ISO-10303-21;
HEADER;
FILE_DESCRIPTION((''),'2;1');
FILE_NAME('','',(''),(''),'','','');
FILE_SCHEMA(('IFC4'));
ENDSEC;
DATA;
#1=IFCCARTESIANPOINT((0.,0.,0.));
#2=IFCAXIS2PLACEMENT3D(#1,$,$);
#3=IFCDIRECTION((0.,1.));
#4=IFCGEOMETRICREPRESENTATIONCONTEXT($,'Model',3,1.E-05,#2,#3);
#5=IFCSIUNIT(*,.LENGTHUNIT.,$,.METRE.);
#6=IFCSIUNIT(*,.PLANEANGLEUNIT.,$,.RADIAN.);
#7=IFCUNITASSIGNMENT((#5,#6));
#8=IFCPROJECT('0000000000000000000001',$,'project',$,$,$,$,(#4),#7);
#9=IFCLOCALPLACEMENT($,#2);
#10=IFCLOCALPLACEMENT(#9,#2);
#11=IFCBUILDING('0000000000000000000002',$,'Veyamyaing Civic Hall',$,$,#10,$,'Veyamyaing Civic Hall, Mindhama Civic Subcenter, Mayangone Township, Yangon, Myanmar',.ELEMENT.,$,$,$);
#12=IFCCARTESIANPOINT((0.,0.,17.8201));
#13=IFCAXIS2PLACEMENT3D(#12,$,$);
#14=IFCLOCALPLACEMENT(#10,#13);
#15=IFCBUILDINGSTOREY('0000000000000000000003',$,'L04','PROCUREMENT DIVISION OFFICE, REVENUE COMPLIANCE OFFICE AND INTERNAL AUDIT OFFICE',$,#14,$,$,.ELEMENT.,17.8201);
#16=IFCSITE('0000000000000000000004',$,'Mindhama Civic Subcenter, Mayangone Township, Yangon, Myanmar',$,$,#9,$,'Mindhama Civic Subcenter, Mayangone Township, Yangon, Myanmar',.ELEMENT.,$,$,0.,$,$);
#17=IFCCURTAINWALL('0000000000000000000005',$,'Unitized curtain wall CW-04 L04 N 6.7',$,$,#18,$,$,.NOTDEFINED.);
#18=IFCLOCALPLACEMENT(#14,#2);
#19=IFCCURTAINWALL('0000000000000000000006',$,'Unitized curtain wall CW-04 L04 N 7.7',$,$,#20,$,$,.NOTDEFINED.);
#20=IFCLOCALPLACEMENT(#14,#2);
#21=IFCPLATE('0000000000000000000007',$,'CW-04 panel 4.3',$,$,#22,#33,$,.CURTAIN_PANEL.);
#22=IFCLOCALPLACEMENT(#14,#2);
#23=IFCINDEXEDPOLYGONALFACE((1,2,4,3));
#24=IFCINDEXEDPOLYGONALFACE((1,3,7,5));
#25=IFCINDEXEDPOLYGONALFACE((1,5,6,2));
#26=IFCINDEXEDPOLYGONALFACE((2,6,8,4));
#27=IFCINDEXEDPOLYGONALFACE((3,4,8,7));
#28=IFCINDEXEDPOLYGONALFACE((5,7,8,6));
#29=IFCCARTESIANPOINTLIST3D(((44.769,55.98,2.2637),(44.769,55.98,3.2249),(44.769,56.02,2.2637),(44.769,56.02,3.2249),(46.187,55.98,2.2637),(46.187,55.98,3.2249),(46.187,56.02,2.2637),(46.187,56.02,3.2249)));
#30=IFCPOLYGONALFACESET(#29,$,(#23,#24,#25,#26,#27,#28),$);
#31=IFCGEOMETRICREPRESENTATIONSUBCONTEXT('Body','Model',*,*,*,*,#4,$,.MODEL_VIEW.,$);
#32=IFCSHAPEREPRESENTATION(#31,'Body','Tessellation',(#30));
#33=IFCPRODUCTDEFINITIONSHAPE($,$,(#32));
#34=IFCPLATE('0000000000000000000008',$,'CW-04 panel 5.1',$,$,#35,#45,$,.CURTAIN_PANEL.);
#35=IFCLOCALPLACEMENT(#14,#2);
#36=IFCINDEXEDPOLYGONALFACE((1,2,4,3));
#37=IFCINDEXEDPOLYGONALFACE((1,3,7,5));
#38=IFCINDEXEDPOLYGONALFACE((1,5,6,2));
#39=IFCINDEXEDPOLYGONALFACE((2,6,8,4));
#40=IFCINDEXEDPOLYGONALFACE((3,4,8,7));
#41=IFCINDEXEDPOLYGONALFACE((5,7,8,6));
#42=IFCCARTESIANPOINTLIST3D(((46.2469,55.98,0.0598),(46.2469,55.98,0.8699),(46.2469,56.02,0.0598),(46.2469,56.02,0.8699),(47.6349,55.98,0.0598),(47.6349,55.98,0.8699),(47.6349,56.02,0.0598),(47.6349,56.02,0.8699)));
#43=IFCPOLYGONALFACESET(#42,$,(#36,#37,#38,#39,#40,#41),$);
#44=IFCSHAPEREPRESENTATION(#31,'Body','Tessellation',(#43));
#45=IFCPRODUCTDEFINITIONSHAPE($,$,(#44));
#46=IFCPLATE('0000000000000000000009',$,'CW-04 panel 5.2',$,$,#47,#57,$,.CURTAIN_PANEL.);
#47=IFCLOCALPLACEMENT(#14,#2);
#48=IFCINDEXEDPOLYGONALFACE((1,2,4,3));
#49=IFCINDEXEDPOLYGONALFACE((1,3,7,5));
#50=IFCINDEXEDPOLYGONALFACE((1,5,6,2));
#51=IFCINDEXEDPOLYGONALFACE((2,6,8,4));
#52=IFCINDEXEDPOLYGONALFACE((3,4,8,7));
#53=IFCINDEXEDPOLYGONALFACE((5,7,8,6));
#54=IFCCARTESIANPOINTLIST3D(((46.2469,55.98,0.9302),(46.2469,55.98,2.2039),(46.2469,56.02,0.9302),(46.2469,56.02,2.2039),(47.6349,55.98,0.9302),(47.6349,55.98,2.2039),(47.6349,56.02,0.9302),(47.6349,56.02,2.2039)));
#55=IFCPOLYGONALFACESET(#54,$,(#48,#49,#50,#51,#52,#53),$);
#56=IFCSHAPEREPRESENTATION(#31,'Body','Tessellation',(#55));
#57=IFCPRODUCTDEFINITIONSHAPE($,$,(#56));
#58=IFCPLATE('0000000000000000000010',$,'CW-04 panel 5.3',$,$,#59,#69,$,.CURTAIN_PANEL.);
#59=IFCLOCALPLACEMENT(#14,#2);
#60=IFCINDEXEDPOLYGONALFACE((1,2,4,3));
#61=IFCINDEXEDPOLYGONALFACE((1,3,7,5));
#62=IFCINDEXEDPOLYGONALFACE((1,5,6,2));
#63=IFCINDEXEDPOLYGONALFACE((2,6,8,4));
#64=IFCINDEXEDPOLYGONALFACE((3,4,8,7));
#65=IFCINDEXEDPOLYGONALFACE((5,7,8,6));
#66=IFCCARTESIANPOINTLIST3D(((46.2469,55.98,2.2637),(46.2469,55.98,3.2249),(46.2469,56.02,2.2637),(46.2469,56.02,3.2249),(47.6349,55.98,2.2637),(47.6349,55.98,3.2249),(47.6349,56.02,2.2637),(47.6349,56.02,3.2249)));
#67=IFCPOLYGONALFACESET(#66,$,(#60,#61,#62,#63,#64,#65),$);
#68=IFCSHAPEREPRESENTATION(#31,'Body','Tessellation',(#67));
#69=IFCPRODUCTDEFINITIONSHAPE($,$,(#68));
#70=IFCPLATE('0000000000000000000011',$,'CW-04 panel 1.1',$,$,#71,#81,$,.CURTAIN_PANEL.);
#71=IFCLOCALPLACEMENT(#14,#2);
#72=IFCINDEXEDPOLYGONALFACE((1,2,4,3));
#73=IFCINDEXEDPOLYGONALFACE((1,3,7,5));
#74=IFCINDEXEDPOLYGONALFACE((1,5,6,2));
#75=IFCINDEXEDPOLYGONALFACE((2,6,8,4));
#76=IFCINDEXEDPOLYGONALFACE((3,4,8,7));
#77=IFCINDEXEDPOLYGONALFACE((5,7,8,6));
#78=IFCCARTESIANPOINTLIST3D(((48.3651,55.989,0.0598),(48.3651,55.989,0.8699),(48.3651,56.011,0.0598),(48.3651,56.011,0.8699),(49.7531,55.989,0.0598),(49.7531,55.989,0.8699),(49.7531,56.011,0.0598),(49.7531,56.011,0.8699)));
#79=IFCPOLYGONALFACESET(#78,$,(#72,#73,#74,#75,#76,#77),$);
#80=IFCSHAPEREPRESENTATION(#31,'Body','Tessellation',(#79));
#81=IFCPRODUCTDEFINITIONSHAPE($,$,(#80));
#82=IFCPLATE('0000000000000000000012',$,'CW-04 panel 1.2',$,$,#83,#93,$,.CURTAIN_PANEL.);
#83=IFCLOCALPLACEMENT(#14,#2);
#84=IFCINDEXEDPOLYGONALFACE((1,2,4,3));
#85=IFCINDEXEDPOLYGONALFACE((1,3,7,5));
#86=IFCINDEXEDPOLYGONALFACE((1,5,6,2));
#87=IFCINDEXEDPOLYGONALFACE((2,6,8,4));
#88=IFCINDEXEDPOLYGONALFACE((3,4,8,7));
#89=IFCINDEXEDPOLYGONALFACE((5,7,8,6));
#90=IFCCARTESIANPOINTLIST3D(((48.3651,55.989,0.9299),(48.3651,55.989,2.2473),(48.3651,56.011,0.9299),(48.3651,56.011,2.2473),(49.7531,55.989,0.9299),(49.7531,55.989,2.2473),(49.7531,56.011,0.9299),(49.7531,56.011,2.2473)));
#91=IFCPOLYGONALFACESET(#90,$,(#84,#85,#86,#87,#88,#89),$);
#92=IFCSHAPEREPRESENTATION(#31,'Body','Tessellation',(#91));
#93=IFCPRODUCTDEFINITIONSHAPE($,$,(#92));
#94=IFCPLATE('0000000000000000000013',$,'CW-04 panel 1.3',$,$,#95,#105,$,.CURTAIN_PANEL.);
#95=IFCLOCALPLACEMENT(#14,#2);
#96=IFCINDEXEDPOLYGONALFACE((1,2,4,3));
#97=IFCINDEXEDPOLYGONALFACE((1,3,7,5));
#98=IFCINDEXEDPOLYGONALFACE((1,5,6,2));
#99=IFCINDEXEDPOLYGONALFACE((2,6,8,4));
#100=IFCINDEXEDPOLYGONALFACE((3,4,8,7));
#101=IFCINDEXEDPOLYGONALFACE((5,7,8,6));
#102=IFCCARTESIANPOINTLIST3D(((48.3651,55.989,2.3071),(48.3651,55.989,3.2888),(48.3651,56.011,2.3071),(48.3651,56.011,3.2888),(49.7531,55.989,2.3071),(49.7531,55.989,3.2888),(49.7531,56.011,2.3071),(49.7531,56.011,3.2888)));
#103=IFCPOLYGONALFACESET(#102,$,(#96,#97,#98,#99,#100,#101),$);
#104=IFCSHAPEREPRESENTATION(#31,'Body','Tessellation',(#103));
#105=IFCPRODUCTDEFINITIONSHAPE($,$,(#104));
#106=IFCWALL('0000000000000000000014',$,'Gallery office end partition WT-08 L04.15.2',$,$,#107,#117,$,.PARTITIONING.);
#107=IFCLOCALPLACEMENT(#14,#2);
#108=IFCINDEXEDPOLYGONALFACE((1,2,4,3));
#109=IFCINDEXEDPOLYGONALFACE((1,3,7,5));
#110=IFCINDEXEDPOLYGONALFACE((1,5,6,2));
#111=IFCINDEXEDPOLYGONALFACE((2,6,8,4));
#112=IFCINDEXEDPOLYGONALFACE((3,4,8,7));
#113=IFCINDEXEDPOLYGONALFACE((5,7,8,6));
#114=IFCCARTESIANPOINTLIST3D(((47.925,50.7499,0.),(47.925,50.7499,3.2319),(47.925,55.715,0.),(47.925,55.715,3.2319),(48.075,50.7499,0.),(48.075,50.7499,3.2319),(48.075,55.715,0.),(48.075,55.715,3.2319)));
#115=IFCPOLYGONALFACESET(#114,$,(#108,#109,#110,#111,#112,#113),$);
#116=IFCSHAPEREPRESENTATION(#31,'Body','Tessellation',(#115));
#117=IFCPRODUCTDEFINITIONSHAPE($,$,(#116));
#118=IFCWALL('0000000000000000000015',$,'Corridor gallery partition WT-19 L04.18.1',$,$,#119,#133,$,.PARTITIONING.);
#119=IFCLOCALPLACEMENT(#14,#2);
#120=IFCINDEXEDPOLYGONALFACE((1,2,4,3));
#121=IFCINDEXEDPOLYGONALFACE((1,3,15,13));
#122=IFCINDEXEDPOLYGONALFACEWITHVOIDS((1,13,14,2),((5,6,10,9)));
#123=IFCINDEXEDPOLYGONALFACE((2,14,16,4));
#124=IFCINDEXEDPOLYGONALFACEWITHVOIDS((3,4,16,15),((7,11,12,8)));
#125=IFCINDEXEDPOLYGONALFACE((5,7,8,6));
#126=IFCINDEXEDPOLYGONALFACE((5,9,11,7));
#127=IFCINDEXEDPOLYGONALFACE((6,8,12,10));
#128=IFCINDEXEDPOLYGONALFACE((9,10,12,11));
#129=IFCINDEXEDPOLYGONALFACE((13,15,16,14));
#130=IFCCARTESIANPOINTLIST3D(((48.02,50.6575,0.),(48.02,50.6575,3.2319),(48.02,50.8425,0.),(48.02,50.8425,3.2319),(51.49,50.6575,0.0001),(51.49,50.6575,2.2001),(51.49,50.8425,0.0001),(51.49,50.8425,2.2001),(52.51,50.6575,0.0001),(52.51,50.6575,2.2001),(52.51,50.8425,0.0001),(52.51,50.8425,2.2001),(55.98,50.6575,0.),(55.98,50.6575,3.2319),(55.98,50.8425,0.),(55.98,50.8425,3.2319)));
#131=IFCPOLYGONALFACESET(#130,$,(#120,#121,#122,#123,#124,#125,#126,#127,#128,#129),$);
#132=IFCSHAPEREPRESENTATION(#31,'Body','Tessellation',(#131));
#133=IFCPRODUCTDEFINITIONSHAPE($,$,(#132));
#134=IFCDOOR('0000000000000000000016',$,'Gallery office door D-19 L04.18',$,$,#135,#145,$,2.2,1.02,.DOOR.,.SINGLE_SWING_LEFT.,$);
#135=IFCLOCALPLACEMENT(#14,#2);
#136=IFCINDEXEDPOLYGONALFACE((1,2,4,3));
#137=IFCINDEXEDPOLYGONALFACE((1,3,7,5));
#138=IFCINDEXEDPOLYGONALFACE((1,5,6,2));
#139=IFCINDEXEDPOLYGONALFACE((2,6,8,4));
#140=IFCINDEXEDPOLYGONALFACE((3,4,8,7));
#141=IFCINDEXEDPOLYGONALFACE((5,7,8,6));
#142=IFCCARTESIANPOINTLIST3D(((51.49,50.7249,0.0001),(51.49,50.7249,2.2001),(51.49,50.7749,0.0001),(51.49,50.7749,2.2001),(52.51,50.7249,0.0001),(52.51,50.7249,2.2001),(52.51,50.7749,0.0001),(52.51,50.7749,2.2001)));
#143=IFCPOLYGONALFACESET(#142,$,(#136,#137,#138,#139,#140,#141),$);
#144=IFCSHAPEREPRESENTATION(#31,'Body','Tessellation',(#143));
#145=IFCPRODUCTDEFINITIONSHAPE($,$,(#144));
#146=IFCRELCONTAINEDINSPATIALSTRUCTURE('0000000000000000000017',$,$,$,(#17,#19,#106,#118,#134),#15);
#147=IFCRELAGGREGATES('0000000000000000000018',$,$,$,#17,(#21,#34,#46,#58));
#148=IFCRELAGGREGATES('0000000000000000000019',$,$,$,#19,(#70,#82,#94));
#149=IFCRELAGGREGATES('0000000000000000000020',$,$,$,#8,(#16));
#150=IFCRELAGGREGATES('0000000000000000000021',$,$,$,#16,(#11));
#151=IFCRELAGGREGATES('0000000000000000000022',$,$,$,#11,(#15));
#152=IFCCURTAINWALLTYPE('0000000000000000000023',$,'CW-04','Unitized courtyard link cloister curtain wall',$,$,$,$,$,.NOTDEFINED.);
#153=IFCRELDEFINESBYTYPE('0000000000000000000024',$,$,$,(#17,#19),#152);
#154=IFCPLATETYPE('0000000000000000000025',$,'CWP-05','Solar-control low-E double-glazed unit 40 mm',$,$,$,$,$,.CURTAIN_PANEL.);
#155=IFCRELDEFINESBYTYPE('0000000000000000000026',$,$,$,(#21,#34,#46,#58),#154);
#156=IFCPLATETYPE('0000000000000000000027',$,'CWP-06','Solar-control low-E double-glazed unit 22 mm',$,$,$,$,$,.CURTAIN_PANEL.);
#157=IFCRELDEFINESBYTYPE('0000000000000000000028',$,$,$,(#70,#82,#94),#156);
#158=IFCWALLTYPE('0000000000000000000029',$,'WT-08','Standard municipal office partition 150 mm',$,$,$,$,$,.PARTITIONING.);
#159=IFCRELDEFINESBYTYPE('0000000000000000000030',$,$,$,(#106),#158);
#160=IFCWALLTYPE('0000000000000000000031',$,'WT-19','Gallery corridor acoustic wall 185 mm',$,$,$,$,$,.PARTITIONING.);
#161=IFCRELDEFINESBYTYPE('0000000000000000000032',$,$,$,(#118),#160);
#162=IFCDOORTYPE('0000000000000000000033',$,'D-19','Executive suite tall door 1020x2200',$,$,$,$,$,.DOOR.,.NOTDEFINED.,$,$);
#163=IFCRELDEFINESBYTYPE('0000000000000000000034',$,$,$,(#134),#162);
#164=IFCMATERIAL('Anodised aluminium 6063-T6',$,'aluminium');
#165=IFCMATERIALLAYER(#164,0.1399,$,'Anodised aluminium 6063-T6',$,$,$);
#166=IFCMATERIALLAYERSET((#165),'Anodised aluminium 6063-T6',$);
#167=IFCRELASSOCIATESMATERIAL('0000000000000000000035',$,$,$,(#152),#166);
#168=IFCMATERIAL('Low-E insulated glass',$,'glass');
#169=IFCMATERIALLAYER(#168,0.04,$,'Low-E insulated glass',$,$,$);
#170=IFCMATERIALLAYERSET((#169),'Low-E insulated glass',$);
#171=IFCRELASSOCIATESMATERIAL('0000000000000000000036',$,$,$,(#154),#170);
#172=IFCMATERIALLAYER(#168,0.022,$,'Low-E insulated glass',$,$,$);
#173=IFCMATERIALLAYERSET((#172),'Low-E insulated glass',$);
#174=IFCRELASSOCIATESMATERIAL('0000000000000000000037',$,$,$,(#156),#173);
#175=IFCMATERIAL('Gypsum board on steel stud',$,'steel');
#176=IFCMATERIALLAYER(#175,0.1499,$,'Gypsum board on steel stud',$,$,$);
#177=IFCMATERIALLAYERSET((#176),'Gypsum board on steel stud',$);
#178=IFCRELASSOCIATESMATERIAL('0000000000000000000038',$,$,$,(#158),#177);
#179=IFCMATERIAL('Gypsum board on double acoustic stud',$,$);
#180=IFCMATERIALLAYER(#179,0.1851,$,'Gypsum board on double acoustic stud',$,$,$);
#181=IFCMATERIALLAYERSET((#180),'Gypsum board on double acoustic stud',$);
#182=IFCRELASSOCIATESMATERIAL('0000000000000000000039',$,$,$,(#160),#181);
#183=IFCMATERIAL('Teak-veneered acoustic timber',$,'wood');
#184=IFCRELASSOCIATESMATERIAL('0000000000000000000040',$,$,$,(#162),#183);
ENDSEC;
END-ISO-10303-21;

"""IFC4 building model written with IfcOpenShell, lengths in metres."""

from ifc_helpers import new_model, si_unit, direction, frame, frame_2d, origin, origin_2d, place, context, subcontext, project, spatial, rectangle, extrude, material, layer, layer_set, type_object, element, fill, aggregate, save


model = new_model("IFC4")

# Units and contexts
model_context = context("Model", 3, precision=1e-05, world=origin(), true_north=direction((0.0, 1.0)))
body_context = subcontext(model_context, "Body", "Model", "MODEL_VIEW")
ifc_project = project(units=[si_unit("LENGTHUNIT", "METRE"), si_unit("PLANEANGLEUNIT", "RADIAN")], contexts=[model_context])

# Site, building, storey
site_placement = place(None, origin())
site = spatial("IfcSite", under=ifc_project, at=site_placement, Name="Mindhama Civic Subcenter, Mayangone Township, Yangon, Myanmar", LongName="Mindhama Civic Subcenter, Mayangone Township, Yangon, Myanmar", CompositionType="ELEMENT", RefElevation=0.0)
building_placement = place(site_placement, origin())
building = spatial("IfcBuilding", under=site, at=building_placement, Name="Veyamyaing Civic Hall", LongName="Veyamyaing Civic Hall, Mindhama Civic Subcenter, Mayangone Township, Yangon, Myanmar", CompositionType="ELEMENT")
storey_placement = place(building_placement, frame((0.0, 0.0, 17.8201)))
storey = spatial("IfcBuildingStorey", under=building, at=storey_placement, Name="L04", Description="PROCUREMENT DIVISION OFFICE, REVENUE COMPLIANCE OFFICE AND INTERNAL AUDIT OFFICE", CompositionType="ELEMENT", Elevation=17.8201)

# Curtain walls
ifc_material_1 = material(Name="Anodised aluminium 6063-T6", Category="aluminium")
ifc_layer_1 = layer(ifc_material_1, 0.1399, Name="Anodised aluminium 6063-T6")
ifc_layer_set_1 = layer_set([ifc_layer_1], Name="Anodised aluminium 6063-T6")
curtain_wall_type = type_object("IfcCurtainWallType", Name="CW-04", Description="Unitized courtyard link cloister curtain wall", PredefinedType="NOTDEFINED", material=ifc_layer_set_1)
curtain_wall_1_placement = place(storey_placement, origin())
curtain_wall_1 = element("IfcCurtainWall", 1, at=curtain_wall_1_placement, inside=storey, type_object=curtain_wall_type, Name="Unitized curtain wall CW-04 L04 N 6.7", PredefinedType="NOTDEFINED")
curtain_wall_2_placement = place(storey_placement, origin())
curtain_wall_2 = element("IfcCurtainWall", 2, at=curtain_wall_2_placement, inside=storey, type_object=curtain_wall_type, Name="Unitized curtain wall CW-04 L04 N 7.7", PredefinedType="NOTDEFINED")

# Plates
ifc_material_2 = material(Name="Low-E insulated glass", Category="glass")
ifc_layer_2 = layer(ifc_material_2, 0.04, Name="Low-E insulated glass")
ifc_layer_set_2 = layer_set([ifc_layer_2], Name="Low-E insulated glass")
plate_type_1 = type_object("IfcPlateType", Name="CWP-05", Description="Solar-control low-E double-glazed unit 40 mm", PredefinedType="CURTAIN_PANEL", material=ifc_layer_set_2)
plate_1_placement = place(storey_placement, frame((45.478, 56.0, 2.2637), z_axis=(0.0, 0.0, 1.0), x_axis=(1.0, 0.0, 0.0)))
plate_1 = element("IfcPlate", 3, at=plate_1_placement, type_object=plate_type_1, Name="CW-04 panel 4.3", PredefinedType="CURTAIN_PANEL", context=body_context, shape_type="SweptSolid", body=[
    extrude(rectangle(XDim=1.418, YDim=0.04, at=origin_2d()), origin(), (0.0, 0.0, 1.0), 0.9612),
])
plate_2_placement = place(storey_placement, frame((46.9409, 56.0, 0.0598), z_axis=(0.0, 0.0, 1.0), x_axis=(1.0, 0.0, 0.0)))
plate_2 = element("IfcPlate", 4, at=plate_2_placement, type_object=plate_type_1, Name="CW-04 panel 5.1", PredefinedType="CURTAIN_PANEL", context=body_context, shape_type="SweptSolid", body=[
    extrude(rectangle(XDim=1.3879, YDim=0.04, at=origin_2d()), origin(), (0.0, 0.0, 1.0), 0.8101),
])
plate_3_placement = place(storey_placement, frame((46.9409, 56.0, 0.9302), z_axis=(0.0, 0.0, 1.0), x_axis=(1.0, 0.0, 0.0)))
plate_3 = element("IfcPlate", 5, at=plate_3_placement, type_object=plate_type_1, Name="CW-04 panel 5.2", PredefinedType="CURTAIN_PANEL", context=body_context, shape_type="SweptSolid", body=[
    extrude(rectangle(XDim=1.3879, YDim=0.04, at=origin_2d()), origin(), (0.0, 0.0, 1.0), 1.2737),
])
plate_4_placement = place(storey_placement, frame((46.9409, 56.0, 2.2637), z_axis=(0.0, 0.0, 1.0), x_axis=(1.0, 0.0, 0.0)))
plate_4 = element("IfcPlate", 6, at=plate_4_placement, type_object=plate_type_1, Name="CW-04 panel 5.3", PredefinedType="CURTAIN_PANEL", context=body_context, shape_type="SweptSolid", body=[
    extrude(rectangle(XDim=1.3879, YDim=0.04, at=origin_2d()), origin(), (0.0, 0.0, 1.0), 0.9612),
])
aggregate(curtain_wall_1, [plate_1, plate_2, plate_3, plate_4])
ifc_layer_3 = layer(ifc_material_2, 0.022, Name="Low-E insulated glass")
ifc_layer_set_3 = layer_set([ifc_layer_3], Name="Low-E insulated glass")
plate_type_2 = type_object("IfcPlateType", Name="CWP-06", Description="Solar-control low-E double-glazed unit 22 mm", PredefinedType="CURTAIN_PANEL", material=ifc_layer_set_3)
plate_5_placement = place(storey_placement, frame((49.0591, 56.0, 0.0598), z_axis=(0.0, 0.0, 1.0), x_axis=(1.0, 0.0, 0.0)))
plate_5 = element("IfcPlate", 7, at=plate_5_placement, type_object=plate_type_2, Name="CW-04 panel 1.1", PredefinedType="CURTAIN_PANEL", context=body_context, shape_type="SweptSolid", body=[
    extrude(rectangle(XDim=1.3879, YDim=0.022, at=origin_2d()), origin(), (0.0, 0.0, 1.0), 0.8101),
])
plate_6_placement = place(storey_placement, frame((49.0591, 56.0, 0.9299), z_axis=(0.0, 0.0, 1.0), x_axis=(1.0, 0.0, 0.0)))
plate_6 = element("IfcPlate", 8, at=plate_6_placement, type_object=plate_type_2, Name="CW-04 panel 1.2", PredefinedType="CURTAIN_PANEL", context=body_context, shape_type="SweptSolid", body=[
    extrude(rectangle(XDim=1.3879, YDim=0.022, at=origin_2d()), origin(), (0.0, 0.0, 1.0), 1.3174),
])
plate_7_placement = place(storey_placement, frame((49.0591, 56.0, 2.3071), z_axis=(0.0, 0.0, 1.0), x_axis=(1.0, 0.0, 0.0)))
plate_7 = element("IfcPlate", 9, at=plate_7_placement, type_object=plate_type_2, Name="CW-04 panel 1.3", PredefinedType="CURTAIN_PANEL", context=body_context, shape_type="SweptSolid", body=[
    extrude(rectangle(XDim=1.3879, YDim=0.022, at=origin_2d()), origin(), (0.0, 0.0, 1.0), 0.9817),
])
aggregate(curtain_wall_2, [plate_5, plate_6, plate_7])

# Wall
ifc_material_3 = material(Name="Gypsum board on steel stud", Category="steel")
ifc_layer_4 = layer(ifc_material_3, 0.1499, Name="Gypsum board on steel stud")
ifc_layer_set_4 = layer_set([ifc_layer_4], Name="Gypsum board on steel stud")
wall_type_1 = type_object("IfcWallType", Name="WT-08", Description="Standard municipal office partition 150 mm", PredefinedType="PARTITIONING", material=ifc_layer_set_4)
wall_1_placement = place(storey_placement, frame((48.0, 50.75, 0.0), z_axis=(0.0, 0.0, 1.0), x_axis=(0.0, 1.0, 0.0)))
element("IfcWall", 10, at=wall_1_placement, inside=storey, type_object=wall_type_1, Name="Gallery office end partition WT-08 L04.15.2", PredefinedType="PARTITIONING", context=body_context, shape_type="SweptSolid", body=[
    extrude(rectangle(XDim=4.9651, YDim=0.1499, at=frame_2d((2.4824, 0.0))), origin(), (0.0, 0.0, 1.0), 3.2319),
])

# Wall, opening, door
ifc_material_4 = material(Name="Gypsum board on double acoustic stud")
ifc_layer_5 = layer(ifc_material_4, 0.1851, Name="Gypsum board on double acoustic stud")
ifc_layer_set_5 = layer_set([ifc_layer_5], Name="Gypsum board on double acoustic stud")
wall_type_2 = type_object("IfcWallType", Name="WT-19", Description="Gallery corridor acoustic wall 185 mm", PredefinedType="PARTITIONING", material=ifc_layer_set_5)
wall_2_placement = place(storey_placement, frame((48.02, 50.75, 0.0), z_axis=(0.0, 0.0, 1.0), x_axis=(1.0, 0.0, 0.0)))
wall_2 = element("IfcWall", 11, at=wall_2_placement, inside=storey, type_object=wall_type_2, Name="Corridor gallery partition WT-19 L04.18.1", PredefinedType="PARTITIONING", context=body_context, shape_type="SweptSolid", body=[
    extrude(rectangle(XDim=7.96, YDim=0.1851, at=frame_2d((3.98, 0.0))), origin(), (0.0, 0.0, 1.0), 3.2319),
])
opening_placement = place(wall_2_placement, frame((3.47, 0.0, 0.0)))
opening = element("IfcOpeningElement", 12, at=opening_placement, cuts=wall_2, PredefinedType="OPENING", context=body_context, shape_type="SweptSolid", body=[
    extrude(rectangle(XDim=1.02, YDim=2.2, at=frame_2d((0.51, 1.1001))), frame((0.0, 0.1025, 0.0), z_axis=(0.0, -1.0, 0.0), x_axis=(1.0, 0.0, 0.0)), (0.0, 0.0, 1.0), 0.2051),
])
ifc_material_5 = material(Name="Teak-veneered acoustic timber", Category="wood")
door_type = type_object("IfcDoorType", Name="D-19", Description="Executive suite tall door 1020x2200", OperationType="NOTDEFINED", PredefinedType="DOOR", material=ifc_material_5)
door_placement = place(opening_placement, origin())
door = element("IfcDoor", 13, at=door_placement, inside=storey, type_object=door_type, Name="Gallery office door D-19 L04.18", OperationType="SINGLE_SWING_LEFT", OverallHeight=2.2, OverallWidth=1.02, PredefinedType="DOOR", context=body_context, shape_type="SweptSolid", body=[
    extrude(rectangle(XDim=1.02, YDim=2.2, at=frame_2d((0.51, 1.1001))), frame((0.0, 0.0249, 0.0), z_axis=(0.0, -1.0, 0.0), x_axis=(1.0, 0.0, 0.0)), (0.0, 0.0, 1.0), 0.05),
])
fill(opening, door)

save(model, "model.ifc")
